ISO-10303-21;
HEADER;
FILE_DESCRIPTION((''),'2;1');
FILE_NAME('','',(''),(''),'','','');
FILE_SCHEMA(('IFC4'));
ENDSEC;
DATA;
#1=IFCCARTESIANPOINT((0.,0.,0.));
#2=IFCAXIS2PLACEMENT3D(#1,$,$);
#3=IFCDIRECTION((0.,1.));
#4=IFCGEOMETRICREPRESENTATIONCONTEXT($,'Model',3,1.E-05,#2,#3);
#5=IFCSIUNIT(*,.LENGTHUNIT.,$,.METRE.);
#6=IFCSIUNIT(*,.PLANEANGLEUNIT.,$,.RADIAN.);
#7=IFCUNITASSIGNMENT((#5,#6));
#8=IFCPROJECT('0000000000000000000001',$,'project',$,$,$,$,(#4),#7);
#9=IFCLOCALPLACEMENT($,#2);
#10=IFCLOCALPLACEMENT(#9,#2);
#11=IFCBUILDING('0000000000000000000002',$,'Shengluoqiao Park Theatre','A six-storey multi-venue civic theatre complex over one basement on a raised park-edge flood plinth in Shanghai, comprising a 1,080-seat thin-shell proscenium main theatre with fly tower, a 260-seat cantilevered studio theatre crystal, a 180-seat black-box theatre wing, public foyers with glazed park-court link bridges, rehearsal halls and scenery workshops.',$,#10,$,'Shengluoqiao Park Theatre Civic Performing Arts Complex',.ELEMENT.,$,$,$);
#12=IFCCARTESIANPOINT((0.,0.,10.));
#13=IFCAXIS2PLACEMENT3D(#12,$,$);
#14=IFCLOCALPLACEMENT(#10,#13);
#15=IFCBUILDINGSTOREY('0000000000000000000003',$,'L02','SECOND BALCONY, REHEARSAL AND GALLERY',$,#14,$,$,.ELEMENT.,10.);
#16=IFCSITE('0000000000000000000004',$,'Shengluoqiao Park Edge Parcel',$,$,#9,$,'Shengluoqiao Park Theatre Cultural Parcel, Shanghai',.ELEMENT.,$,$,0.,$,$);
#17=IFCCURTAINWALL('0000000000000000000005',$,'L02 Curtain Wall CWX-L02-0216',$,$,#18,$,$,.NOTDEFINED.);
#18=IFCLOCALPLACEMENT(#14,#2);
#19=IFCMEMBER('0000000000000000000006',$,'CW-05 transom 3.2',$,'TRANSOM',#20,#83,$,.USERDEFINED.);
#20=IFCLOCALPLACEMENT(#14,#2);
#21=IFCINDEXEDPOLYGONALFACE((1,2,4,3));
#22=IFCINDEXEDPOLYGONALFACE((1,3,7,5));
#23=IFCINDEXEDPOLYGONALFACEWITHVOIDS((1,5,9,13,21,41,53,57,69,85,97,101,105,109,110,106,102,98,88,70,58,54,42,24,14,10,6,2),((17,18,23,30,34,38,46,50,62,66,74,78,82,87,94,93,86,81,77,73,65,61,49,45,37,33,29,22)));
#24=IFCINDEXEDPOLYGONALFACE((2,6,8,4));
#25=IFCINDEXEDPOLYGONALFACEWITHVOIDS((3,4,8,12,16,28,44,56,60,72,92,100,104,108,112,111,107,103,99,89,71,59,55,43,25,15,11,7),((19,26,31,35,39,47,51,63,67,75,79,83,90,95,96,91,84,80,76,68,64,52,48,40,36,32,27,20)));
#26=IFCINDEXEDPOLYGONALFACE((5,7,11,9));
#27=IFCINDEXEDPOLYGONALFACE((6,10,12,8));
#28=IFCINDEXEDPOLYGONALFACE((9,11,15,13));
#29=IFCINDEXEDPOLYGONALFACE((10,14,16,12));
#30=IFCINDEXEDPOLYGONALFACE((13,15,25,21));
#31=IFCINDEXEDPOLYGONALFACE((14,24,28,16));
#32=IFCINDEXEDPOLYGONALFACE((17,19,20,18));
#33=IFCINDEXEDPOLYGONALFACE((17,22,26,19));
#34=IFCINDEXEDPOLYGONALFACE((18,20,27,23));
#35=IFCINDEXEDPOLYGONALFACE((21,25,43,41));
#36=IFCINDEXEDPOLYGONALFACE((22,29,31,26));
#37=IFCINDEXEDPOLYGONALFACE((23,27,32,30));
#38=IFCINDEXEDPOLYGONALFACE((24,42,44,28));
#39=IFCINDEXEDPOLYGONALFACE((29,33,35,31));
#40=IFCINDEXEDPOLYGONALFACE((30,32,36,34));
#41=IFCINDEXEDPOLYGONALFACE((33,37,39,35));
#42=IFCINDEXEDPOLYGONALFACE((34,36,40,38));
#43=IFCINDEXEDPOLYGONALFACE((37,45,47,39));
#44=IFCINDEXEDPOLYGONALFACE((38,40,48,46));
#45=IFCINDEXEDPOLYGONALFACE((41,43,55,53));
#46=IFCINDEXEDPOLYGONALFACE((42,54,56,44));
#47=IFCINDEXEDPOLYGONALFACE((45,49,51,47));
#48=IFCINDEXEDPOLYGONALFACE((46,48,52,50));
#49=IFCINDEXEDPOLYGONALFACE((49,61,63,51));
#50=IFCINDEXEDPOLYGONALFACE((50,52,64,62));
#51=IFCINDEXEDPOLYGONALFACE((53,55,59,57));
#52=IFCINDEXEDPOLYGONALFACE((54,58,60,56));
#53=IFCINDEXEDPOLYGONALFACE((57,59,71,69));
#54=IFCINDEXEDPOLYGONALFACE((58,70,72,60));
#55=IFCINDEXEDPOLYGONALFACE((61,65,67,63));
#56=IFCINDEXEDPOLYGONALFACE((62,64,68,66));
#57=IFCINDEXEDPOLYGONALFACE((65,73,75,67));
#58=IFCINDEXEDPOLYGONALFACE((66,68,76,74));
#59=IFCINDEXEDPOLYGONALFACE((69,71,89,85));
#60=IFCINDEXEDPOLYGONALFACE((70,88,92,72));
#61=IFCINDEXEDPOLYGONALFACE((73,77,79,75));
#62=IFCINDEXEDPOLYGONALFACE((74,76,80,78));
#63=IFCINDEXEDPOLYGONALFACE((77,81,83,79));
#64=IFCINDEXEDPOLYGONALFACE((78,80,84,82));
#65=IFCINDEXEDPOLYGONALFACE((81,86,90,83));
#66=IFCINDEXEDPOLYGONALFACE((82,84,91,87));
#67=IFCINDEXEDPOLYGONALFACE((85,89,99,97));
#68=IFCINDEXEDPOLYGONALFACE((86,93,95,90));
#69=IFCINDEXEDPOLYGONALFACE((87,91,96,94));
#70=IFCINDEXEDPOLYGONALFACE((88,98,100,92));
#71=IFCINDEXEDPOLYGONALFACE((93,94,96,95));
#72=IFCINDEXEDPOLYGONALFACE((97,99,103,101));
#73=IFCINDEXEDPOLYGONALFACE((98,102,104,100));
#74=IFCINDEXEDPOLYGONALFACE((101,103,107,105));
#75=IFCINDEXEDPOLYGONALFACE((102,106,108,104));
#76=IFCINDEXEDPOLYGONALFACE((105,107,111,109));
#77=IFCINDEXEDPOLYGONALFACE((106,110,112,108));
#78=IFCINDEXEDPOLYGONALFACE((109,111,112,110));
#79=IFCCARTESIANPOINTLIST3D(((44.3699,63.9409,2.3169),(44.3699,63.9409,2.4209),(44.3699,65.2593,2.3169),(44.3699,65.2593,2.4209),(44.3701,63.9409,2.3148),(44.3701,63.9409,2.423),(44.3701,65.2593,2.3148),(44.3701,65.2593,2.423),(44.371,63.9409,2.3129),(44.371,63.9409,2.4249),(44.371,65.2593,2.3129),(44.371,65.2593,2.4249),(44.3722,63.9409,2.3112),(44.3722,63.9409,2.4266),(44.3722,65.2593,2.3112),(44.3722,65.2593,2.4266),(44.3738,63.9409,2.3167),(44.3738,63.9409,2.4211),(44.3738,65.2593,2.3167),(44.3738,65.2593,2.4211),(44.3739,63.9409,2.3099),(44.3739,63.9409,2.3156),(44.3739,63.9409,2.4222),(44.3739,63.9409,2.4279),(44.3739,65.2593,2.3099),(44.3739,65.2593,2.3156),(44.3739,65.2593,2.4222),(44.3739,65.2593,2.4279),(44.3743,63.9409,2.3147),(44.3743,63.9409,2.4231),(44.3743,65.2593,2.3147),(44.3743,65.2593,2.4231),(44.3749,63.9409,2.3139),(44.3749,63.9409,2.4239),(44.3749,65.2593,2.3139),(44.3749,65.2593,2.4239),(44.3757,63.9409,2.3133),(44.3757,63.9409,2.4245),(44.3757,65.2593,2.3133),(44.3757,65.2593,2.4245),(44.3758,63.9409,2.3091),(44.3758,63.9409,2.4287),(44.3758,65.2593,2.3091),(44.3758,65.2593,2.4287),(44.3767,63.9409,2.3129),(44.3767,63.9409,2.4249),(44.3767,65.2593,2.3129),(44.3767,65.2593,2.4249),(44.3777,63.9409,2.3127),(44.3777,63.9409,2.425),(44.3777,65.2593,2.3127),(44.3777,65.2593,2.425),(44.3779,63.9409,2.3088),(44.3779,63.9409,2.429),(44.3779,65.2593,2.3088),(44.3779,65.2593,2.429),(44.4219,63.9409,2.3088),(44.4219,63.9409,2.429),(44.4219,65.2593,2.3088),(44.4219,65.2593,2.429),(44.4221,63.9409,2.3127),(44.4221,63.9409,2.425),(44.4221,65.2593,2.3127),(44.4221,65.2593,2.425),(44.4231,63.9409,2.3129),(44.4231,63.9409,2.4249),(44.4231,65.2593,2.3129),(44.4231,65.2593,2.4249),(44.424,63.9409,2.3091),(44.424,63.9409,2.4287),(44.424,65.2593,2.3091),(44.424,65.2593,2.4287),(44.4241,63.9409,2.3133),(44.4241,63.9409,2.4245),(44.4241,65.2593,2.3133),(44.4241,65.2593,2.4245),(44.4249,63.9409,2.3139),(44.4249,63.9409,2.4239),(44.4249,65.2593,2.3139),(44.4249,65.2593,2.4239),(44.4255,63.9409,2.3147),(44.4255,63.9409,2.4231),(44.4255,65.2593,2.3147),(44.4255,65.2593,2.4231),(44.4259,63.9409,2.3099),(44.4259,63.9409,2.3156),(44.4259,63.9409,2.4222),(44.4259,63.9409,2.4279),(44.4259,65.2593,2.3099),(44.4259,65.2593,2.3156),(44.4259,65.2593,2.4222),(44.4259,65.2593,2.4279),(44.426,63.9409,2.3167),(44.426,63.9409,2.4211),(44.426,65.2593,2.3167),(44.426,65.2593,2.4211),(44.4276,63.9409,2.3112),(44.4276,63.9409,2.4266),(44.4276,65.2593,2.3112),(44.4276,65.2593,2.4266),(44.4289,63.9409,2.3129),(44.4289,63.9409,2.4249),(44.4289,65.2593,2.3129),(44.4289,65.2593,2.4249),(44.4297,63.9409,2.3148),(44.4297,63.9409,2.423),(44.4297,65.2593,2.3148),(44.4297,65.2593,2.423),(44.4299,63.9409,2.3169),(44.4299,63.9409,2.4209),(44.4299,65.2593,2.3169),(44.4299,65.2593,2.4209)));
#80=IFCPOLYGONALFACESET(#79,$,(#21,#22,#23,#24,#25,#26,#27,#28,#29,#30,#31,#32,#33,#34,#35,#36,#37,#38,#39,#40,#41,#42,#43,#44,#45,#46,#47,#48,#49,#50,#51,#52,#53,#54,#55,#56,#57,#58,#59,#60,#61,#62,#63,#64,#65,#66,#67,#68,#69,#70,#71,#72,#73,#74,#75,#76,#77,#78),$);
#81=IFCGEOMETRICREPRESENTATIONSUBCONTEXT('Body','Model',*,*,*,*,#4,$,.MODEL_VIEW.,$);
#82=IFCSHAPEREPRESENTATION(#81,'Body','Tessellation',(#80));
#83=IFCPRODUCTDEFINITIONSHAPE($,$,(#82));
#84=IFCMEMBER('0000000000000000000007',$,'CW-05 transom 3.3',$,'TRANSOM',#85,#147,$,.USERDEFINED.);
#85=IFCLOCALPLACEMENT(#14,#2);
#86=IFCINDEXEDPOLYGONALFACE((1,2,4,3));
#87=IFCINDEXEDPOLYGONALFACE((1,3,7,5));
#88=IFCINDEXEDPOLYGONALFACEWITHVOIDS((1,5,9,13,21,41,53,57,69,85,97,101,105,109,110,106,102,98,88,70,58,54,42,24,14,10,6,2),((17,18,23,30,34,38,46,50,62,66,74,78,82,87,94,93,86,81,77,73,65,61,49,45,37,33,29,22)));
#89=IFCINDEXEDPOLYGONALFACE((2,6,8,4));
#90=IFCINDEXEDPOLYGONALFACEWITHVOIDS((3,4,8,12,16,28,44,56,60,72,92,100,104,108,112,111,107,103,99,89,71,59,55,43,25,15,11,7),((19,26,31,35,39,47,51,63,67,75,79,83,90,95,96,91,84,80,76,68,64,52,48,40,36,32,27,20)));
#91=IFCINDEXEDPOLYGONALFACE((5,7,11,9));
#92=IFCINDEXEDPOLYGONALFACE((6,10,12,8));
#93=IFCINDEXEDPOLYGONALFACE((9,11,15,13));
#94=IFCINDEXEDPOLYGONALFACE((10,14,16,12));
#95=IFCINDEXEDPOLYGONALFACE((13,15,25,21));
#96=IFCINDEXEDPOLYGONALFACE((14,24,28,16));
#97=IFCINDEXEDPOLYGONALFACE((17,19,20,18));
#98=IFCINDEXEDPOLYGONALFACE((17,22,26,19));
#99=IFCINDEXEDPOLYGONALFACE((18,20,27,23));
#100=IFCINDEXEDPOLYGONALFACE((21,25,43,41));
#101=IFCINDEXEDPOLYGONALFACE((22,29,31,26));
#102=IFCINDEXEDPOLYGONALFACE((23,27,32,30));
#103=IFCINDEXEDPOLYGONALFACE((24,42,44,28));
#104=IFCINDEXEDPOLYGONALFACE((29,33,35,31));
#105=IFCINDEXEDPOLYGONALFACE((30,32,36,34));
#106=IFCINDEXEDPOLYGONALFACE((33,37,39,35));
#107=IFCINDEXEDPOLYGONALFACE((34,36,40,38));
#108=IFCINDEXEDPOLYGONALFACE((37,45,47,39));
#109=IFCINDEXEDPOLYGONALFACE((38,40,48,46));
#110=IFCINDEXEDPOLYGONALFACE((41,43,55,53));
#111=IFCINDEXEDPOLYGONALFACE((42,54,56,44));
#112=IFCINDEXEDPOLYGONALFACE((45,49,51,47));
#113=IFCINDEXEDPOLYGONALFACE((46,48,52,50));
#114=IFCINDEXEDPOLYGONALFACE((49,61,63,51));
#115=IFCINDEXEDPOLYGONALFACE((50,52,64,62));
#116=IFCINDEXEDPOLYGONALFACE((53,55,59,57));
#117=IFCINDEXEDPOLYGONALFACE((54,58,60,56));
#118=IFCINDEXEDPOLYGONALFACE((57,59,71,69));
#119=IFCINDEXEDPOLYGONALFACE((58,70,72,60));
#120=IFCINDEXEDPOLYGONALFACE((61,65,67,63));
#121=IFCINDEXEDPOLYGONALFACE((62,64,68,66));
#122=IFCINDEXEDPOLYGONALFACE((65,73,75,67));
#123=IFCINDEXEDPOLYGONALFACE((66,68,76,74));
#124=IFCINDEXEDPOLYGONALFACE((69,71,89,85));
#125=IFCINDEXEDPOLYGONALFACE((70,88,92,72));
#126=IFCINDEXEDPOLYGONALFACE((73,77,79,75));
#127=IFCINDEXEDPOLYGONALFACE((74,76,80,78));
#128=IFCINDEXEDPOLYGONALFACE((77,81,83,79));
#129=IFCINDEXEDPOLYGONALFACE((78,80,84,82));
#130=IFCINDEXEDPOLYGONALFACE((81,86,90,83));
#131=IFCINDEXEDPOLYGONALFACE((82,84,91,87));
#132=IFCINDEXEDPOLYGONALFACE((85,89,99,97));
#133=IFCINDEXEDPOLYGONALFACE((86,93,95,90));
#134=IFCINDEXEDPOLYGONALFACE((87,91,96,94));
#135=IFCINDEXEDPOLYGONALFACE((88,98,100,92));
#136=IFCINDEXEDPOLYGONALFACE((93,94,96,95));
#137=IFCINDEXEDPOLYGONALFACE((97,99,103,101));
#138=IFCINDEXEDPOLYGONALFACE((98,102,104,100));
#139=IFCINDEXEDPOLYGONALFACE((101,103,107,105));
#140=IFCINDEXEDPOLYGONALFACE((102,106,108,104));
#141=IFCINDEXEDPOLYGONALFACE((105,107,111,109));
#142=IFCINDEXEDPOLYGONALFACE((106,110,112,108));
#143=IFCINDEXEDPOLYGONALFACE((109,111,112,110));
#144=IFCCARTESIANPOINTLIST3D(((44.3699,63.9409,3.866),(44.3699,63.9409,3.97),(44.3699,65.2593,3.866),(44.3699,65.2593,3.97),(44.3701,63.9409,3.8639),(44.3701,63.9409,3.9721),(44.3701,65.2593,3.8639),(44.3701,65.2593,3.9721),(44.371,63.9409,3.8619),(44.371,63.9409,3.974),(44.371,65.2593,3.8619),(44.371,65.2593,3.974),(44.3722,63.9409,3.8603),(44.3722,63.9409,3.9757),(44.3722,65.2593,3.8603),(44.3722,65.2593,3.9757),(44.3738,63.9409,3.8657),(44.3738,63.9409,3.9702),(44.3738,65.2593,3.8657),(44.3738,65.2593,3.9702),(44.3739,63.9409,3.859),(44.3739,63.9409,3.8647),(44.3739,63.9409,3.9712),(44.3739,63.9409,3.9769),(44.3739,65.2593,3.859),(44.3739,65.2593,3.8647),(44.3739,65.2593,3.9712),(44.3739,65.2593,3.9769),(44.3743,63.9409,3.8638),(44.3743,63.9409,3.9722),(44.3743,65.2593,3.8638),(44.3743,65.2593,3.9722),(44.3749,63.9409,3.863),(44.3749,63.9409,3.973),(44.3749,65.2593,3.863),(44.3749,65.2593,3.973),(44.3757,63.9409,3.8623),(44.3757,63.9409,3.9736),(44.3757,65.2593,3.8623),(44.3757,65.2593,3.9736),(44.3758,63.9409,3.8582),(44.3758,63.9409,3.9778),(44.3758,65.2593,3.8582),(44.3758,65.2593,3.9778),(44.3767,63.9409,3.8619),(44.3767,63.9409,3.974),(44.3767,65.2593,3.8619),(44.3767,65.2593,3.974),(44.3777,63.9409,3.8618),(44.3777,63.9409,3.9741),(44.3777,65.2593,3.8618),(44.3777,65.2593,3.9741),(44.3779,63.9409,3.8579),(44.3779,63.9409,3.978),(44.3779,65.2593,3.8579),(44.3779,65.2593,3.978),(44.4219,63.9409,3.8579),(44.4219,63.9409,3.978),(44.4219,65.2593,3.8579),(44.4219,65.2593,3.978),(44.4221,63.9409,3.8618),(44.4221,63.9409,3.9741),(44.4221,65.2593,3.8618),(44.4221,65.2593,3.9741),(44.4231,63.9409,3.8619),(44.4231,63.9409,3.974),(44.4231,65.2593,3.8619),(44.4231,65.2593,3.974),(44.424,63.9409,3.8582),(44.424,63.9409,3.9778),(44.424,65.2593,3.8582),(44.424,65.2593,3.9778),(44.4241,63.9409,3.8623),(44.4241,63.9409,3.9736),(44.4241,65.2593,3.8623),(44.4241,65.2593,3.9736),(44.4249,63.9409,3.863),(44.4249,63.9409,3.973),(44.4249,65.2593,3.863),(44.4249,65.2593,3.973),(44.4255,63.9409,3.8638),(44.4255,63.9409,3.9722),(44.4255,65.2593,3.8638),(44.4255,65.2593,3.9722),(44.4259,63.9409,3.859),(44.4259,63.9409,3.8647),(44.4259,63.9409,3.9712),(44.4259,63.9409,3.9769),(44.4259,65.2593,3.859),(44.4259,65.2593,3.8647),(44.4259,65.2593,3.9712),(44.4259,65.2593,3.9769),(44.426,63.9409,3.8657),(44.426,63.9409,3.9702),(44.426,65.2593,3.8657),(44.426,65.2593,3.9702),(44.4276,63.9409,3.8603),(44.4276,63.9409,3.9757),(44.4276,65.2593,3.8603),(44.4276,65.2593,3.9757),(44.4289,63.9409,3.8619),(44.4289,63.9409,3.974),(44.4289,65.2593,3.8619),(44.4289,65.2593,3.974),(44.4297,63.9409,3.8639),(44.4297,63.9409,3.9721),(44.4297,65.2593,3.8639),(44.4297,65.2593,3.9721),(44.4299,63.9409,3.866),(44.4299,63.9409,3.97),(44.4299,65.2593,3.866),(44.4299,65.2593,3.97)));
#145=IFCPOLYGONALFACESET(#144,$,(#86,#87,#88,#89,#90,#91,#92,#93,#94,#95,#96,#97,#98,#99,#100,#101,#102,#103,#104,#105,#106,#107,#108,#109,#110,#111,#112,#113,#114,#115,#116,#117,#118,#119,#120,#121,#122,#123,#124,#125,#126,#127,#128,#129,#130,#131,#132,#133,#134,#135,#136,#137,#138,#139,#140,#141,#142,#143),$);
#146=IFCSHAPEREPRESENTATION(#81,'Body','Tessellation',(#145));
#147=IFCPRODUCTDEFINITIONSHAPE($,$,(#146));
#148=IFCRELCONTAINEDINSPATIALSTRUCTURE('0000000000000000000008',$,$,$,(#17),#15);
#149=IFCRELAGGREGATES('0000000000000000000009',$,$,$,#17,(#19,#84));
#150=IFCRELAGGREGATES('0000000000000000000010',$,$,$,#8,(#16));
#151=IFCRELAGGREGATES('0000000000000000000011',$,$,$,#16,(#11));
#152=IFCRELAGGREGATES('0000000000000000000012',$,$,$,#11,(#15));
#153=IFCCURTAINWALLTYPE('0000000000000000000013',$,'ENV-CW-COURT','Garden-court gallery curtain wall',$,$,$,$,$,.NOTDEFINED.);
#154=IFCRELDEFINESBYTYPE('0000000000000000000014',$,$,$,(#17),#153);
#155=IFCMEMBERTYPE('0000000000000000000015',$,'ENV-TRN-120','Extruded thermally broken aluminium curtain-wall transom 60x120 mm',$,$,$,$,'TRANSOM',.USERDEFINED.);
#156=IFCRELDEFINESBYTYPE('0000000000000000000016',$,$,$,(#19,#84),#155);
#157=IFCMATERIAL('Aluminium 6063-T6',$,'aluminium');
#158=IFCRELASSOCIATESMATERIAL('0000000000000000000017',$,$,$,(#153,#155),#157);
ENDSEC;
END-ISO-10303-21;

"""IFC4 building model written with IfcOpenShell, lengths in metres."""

from ifc_helpers import new_model, si_unit, direction, frame, origin, origin_2d, place, context, subcontext, project, spatial, hollow_rectangle, extrude, material, material_profile, profile_set, type_object, element, aggregate, save


model = new_model("IFC4")

# Units and contexts
model_context = context("Model", 3, precision=1e-05, world=origin(), true_north=direction((0.0, 1.0)))
body_context = subcontext(model_context, "Body", "Model", "MODEL_VIEW")
ifc_project = project(units=[si_unit("LENGTHUNIT", "METRE"), si_unit("PLANEANGLEUNIT", "RADIAN")], contexts=[model_context])

# Site, building, storey
site_placement = place(None, origin())
site = spatial("IfcSite", under=ifc_project, at=site_placement, Name="Shengluoqiao Park Edge Parcel", LongName="Shengluoqiao Park Theatre Cultural Parcel, Shanghai", CompositionType="ELEMENT", RefElevation=0.0)
building_placement = place(site_placement, origin())
building = spatial("IfcBuilding", under=site, at=building_placement, Name="Shengluoqiao Park Theatre", Description="A six-storey multi-venue civic theatre complex over one basement on a raised park-edge flood plinth in Shanghai, comprising a 1,080-seat thin-shell proscenium main theatre with fly tower, a 260-seat cantilevered studio theatre crystal, a 180-seat black-box theatre wing, public foyers with glazed park-court link bridges, rehearsal halls and scenery workshops.", LongName="Shengluoqiao Park Theatre Civic Performing Arts Complex", CompositionType="ELEMENT")
storey_placement = place(building_placement, frame((0.0, 0.0, 10.0)))
storey = spatial("IfcBuildingStorey", under=building, at=storey_placement, Name="L02", Description="SECOND BALCONY, REHEARSAL AND GALLERY", CompositionType="ELEMENT", Elevation=10.0)

# Curtain wall, members
ifc_material_1 = material(Name="Aluminium 6063-T6", Category="aluminium")
curtain_wall_type = type_object("IfcCurtainWallType", Name="ENV-CW-COURT", Description="Garden-court gallery curtain wall", PredefinedType="NOTDEFINED", material=ifc_material_1)
curtain_wall_placement = place(storey_placement, origin())
curtain_wall = element("IfcCurtainWall", 1, at=curtain_wall_placement, inside=storey, type_object=curtain_wall_type, Name="L02 Curtain Wall CWX-L02-0216", PredefinedType="NOTDEFINED")
ifc_material_profile_1 = material_profile(ifc_material_1, hollow_rectangle(XDim=0.0601, YDim=0.1201, WallThickness=0.0039, InnerFilletRadius=0.0039, OuterFilletRadius=0.0081, at=origin_2d()), Name="ALU TRANSOM 120x60x4")
ifc_profile_set_1 = profile_set([ifc_material_profile_1], Name="Aluminium 6063-T6")
member_type_1 = type_object("IfcMemberType", Name="ENV-TRN-120", Description="Extruded thermally broken aluminium curtain-wall transom 60x120 mm", ElementType="TRANSOM", PredefinedType="USERDEFINED", material=ifc_profile_set_1)
member_1_placement = place(storey_placement, frame((44.3999, 63.9409, 2.3689), z_axis=(0.0, 1.0, 0.0), x_axis=(-1.0, 0.0, 0.0)))
member_1 = element("IfcMember", 2, at=member_1_placement, type_object=member_type_1, Name="CW-05 transom 3.2", ObjectType="TRANSOM", PredefinedType="USERDEFINED", context=body_context, shape_type="SweptSolid", body=[
    extrude(hollow_rectangle(XDim=0.0601, YDim=0.1201, WallThickness=0.0039, InnerFilletRadius=0.0039, OuterFilletRadius=0.0081, at=origin_2d()), origin(), (0.0, 0.0, 1.0), 1.3184),
])
member_2_placement = place(storey_placement, frame((44.3999, 63.9409, 3.918), z_axis=(0.0, 1.0, 0.0), x_axis=(-1.0, 0.0, 0.0)))
member_2 = element("IfcMember", 3, at=member_2_placement, type_object=member_type_1, Name="CW-05 transom 3.3", ObjectType="TRANSOM", PredefinedType="USERDEFINED", context=body_context, shape_type="SweptSolid", body=[
    extrude(hollow_rectangle(XDim=0.0601, YDim=0.1201, WallThickness=0.0039, InnerFilletRadius=0.0039, OuterFilletRadius=0.0081, at=origin_2d()), origin(), (0.0, 0.0, 1.0), 1.3184),
])

aggregate(curtain_wall, [member_1, member_2])

save(model, "model.ifc")
